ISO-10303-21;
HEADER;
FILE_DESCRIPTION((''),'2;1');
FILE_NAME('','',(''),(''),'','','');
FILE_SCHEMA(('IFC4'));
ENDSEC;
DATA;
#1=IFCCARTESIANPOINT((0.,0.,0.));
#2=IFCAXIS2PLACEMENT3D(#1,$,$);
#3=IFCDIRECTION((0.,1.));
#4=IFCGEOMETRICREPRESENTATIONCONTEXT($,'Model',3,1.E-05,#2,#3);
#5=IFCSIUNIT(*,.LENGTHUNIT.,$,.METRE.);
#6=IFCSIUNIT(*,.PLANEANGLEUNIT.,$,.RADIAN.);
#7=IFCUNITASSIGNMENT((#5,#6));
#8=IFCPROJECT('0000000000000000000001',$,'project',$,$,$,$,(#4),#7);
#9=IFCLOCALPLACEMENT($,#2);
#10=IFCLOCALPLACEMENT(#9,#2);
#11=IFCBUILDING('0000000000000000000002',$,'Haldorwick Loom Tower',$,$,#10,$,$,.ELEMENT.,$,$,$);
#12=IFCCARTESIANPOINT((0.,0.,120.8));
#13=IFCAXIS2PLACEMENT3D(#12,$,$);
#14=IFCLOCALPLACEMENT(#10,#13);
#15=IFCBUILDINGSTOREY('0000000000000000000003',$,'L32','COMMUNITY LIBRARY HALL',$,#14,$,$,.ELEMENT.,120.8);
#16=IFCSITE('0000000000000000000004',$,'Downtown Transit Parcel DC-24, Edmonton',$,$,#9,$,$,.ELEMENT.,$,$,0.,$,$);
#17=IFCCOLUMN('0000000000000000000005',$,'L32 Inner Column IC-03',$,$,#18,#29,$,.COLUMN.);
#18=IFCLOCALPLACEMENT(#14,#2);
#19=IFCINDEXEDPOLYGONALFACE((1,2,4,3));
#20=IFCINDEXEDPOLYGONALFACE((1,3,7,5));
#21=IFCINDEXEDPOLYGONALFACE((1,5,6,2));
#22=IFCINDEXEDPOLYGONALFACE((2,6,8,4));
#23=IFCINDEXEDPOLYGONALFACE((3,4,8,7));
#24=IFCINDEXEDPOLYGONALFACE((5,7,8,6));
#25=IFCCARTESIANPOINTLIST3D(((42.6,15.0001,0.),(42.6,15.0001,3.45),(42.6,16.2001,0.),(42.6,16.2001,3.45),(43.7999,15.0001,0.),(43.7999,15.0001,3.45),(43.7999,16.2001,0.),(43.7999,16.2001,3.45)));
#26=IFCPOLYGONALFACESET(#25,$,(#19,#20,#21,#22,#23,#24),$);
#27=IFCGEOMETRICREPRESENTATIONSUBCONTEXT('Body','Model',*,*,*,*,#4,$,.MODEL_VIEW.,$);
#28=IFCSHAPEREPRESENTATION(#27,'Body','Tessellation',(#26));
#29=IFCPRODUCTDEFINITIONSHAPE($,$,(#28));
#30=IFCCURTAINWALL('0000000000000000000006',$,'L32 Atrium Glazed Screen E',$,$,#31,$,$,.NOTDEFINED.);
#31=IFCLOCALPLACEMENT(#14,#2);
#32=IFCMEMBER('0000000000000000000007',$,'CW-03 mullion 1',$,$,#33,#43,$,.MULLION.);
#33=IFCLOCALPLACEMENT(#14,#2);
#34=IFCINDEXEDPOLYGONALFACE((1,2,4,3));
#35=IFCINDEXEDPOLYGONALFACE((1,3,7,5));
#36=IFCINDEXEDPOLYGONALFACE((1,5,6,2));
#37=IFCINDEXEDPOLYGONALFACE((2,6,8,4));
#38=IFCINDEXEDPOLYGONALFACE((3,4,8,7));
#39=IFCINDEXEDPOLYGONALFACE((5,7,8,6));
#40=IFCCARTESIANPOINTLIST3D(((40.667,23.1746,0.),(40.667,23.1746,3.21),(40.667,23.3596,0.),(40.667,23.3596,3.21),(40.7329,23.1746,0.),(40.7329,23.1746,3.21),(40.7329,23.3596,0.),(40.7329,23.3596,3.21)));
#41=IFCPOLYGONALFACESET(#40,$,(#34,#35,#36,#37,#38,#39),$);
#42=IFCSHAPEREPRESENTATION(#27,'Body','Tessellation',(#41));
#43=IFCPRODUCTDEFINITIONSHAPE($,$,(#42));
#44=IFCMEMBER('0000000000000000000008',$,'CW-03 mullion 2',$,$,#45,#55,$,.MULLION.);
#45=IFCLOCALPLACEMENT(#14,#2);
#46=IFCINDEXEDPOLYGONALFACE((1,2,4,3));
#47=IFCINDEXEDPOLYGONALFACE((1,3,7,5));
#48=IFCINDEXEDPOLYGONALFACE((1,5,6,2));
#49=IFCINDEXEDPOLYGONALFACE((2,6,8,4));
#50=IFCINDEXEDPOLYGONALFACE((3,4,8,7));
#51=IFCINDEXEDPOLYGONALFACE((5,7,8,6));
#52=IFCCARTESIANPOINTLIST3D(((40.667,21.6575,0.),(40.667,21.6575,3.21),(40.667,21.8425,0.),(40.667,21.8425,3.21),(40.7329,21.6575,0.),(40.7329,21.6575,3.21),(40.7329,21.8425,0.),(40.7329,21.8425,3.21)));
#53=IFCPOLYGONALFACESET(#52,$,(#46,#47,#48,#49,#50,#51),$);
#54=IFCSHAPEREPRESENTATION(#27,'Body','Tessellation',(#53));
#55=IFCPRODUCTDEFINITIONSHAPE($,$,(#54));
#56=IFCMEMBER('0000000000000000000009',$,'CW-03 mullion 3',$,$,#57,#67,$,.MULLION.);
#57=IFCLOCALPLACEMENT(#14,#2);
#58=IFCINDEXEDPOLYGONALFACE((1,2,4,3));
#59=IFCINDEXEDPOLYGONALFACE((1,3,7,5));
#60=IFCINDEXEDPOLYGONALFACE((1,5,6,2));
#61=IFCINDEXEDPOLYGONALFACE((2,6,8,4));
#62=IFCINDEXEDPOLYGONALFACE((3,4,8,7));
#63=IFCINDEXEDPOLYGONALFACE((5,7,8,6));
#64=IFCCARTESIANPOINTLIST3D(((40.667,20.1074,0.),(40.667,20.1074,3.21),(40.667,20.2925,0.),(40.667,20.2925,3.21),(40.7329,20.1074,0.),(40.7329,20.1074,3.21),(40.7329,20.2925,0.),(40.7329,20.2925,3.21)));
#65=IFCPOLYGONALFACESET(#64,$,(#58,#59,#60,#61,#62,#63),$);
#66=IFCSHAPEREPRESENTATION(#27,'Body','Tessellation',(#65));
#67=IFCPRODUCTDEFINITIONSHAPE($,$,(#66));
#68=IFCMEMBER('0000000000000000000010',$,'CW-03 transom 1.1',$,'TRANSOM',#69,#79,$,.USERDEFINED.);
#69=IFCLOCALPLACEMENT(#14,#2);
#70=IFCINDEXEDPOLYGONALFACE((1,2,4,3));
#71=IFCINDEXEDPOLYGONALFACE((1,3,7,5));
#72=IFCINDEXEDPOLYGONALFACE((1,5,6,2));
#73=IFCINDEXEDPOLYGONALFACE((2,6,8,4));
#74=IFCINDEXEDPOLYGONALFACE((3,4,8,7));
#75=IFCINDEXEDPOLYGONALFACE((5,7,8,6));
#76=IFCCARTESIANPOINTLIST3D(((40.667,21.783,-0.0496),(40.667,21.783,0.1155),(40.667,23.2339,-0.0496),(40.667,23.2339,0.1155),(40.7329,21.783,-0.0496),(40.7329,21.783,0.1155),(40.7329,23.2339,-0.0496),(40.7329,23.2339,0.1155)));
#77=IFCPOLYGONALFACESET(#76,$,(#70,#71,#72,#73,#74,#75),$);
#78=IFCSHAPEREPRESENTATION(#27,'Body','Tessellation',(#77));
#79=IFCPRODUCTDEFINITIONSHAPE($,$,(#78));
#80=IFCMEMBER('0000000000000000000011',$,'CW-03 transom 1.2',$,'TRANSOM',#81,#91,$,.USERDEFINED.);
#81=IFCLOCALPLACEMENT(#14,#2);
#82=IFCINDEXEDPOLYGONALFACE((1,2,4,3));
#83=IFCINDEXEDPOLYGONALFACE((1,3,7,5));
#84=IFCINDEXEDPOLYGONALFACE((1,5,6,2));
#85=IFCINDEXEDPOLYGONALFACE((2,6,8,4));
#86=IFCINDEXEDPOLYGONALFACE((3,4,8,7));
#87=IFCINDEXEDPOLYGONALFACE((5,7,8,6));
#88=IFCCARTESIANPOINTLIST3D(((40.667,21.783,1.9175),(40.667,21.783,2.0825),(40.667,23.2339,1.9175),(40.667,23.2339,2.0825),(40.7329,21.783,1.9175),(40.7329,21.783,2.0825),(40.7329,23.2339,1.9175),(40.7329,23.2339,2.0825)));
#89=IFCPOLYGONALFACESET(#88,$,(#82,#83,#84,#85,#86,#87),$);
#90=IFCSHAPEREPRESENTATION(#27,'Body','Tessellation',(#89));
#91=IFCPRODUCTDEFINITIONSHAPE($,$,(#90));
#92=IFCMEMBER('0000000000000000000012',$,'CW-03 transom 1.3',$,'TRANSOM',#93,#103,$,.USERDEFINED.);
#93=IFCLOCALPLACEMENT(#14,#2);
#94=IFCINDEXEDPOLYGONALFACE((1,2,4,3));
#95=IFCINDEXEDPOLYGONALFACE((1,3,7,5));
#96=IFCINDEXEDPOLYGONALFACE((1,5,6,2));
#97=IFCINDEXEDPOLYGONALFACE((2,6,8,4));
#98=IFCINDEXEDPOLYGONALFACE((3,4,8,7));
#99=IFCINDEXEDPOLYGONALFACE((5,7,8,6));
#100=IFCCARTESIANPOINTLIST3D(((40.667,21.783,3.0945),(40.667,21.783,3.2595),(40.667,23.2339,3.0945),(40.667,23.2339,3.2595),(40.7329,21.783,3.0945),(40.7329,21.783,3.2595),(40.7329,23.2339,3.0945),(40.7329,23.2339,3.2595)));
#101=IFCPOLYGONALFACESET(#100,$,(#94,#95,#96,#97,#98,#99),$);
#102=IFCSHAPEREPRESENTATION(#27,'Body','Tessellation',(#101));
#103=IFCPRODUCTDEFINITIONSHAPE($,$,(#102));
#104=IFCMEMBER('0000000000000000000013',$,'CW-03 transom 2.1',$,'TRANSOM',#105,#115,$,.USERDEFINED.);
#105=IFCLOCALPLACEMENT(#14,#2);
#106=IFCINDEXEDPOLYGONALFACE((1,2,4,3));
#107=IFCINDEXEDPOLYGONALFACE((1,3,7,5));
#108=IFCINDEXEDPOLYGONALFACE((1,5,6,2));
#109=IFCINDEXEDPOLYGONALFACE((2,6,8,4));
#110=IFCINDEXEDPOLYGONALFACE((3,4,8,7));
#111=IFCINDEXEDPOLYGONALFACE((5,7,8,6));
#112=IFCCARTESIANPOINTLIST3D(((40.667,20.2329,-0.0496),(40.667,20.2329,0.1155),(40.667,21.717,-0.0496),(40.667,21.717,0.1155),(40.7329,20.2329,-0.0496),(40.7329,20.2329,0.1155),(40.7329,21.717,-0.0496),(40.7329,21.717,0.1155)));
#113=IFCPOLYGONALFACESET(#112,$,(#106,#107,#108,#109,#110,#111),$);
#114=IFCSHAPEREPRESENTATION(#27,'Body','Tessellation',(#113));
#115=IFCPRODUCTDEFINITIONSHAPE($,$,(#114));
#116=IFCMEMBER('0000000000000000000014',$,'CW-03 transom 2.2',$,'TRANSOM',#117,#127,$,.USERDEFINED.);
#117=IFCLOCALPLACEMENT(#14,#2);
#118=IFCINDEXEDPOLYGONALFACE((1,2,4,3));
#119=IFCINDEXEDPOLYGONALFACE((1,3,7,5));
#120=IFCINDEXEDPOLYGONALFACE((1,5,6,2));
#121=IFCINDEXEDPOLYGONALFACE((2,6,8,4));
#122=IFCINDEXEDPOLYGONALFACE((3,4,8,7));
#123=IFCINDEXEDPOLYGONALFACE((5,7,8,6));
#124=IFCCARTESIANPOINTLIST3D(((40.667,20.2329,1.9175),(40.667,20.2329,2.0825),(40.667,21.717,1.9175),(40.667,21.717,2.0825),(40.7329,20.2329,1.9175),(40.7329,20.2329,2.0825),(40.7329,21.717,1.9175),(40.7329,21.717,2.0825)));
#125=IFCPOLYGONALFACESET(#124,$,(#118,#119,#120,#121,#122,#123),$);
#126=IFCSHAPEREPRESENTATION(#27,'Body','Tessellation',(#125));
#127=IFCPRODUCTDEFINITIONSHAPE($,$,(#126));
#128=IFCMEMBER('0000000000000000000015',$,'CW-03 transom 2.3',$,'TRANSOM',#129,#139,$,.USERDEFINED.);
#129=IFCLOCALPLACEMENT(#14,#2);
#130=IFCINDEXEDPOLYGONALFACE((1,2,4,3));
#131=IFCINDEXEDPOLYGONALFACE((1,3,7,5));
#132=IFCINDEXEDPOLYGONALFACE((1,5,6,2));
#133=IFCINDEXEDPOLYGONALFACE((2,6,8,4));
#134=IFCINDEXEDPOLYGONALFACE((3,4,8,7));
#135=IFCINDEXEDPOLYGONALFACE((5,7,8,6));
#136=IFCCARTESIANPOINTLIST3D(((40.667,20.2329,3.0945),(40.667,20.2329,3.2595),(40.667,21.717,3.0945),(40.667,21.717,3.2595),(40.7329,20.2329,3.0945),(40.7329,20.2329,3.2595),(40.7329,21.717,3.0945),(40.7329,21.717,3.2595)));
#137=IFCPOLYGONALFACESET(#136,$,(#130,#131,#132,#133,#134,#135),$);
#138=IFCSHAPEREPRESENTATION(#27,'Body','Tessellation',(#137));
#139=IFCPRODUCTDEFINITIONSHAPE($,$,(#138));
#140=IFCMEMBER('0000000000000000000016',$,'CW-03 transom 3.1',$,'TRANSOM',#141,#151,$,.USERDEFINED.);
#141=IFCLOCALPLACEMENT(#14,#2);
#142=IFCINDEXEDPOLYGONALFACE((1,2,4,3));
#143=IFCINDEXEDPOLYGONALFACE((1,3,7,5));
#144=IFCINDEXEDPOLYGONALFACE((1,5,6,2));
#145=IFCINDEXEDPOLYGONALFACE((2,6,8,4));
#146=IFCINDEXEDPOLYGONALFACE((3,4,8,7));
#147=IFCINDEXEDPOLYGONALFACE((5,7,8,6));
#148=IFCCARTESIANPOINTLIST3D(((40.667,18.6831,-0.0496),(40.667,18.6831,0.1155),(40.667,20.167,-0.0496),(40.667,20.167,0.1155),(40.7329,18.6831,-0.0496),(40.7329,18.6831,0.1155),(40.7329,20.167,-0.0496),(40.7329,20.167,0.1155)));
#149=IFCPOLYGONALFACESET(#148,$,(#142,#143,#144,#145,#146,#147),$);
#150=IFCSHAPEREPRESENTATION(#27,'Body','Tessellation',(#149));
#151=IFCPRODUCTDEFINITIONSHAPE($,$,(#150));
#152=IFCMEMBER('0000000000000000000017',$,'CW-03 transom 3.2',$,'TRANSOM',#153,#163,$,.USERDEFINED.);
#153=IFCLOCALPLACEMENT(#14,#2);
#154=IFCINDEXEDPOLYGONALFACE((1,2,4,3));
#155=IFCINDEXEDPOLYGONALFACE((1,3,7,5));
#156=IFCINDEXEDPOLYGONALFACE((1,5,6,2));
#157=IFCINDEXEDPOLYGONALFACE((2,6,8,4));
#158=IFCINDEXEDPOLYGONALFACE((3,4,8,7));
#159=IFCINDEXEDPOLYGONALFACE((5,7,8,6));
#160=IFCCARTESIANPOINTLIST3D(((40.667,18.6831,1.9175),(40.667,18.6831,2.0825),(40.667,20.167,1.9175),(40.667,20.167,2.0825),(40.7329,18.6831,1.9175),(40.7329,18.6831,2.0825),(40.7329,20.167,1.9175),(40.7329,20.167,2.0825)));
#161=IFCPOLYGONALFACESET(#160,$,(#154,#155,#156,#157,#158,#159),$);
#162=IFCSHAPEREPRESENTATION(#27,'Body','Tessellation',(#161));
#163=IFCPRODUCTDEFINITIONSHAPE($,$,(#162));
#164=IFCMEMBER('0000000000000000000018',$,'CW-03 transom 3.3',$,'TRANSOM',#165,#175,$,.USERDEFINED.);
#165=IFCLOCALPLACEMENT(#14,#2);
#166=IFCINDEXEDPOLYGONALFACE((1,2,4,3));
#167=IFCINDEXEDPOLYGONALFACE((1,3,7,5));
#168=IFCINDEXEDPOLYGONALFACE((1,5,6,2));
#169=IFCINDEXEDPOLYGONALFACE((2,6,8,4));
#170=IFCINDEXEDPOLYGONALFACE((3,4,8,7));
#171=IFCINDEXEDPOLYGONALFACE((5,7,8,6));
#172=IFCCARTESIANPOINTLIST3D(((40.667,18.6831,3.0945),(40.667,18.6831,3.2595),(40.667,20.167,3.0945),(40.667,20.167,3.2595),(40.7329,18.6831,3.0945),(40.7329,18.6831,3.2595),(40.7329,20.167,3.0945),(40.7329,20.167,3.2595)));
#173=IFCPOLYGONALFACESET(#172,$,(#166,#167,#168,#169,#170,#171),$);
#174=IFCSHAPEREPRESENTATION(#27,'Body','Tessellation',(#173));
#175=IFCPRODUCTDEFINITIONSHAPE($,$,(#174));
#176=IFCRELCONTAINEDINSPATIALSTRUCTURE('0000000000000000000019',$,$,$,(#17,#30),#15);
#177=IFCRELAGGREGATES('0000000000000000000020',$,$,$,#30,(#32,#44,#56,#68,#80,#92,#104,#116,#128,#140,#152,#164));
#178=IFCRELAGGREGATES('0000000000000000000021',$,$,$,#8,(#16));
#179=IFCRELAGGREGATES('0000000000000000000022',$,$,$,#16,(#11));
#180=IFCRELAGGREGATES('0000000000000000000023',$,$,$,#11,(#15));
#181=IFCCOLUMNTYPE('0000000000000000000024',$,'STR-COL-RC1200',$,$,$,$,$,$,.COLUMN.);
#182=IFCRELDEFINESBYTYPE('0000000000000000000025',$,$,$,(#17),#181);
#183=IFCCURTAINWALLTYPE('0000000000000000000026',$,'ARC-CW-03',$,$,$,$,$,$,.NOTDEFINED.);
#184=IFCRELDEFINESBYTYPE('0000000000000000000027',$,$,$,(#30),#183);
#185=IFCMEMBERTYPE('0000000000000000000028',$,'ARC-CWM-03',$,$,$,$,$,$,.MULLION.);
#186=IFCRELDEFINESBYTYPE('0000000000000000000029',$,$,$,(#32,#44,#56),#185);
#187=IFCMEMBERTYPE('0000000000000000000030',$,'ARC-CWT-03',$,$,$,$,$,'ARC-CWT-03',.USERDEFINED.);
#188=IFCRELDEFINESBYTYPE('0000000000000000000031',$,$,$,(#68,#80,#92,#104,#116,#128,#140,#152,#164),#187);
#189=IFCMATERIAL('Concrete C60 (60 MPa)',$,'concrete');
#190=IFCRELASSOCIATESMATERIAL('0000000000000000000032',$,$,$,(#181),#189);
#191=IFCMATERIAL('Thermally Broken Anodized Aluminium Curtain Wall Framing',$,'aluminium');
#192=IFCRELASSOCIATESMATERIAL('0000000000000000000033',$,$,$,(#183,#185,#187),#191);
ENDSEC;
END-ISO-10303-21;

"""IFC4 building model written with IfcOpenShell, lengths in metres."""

from ifc_helpers import new_model, si_unit, direction, frame, origin, origin_2d, place, context, subcontext, project, spatial, rectangle, extrude, material, material_profile, profile_set, type_object, element, aggregate, save


model = new_model("IFC4")

# Units and contexts
model_context = context("Model", 3, precision=1e-05, world=origin(), true_north=direction((0.0, 1.0)))
body_context = subcontext(model_context, "Body", "Model", "MODEL_VIEW")
ifc_project = project(units=[si_unit("LENGTHUNIT", "METRE"), si_unit("PLANEANGLEUNIT", "RADIAN")], contexts=[model_context])

# Site, building, storey
site_placement = place(None, origin())
site = spatial("IfcSite", under=ifc_project, at=site_placement, Name="Downtown Transit Parcel DC-24, Edmonton", CompositionType="ELEMENT", RefElevation=0.0)
building_placement = place(site_placement, origin())
building = spatial("IfcBuilding", under=site, at=building_placement, Name="Haldorwick Loom Tower", CompositionType="ELEMENT")
storey_placement = place(building_placement, frame((0.0, 0.0, 120.8)))
storey = spatial("IfcBuildingStorey", under=building, at=storey_placement, Name="L32", Description="COMMUNITY LIBRARY HALL", CompositionType="ELEMENT", Elevation=120.8)

# Column
ifc_material_1 = material(Name="Concrete C60 (60 MPa)", Category="concrete")
ifc_material_profile_1 = material_profile(ifc_material_1, rectangle(XDim=1.2, YDim=1.2, at=origin_2d()), Name="RC1200X1200", Category="concrete")
ifc_profile_set_1 = profile_set([ifc_material_profile_1], Name="Concrete C60 (60 MPa)")
column_type = type_object("IfcColumnType", Name="STR-COL-RC1200", PredefinedType="COLUMN", material=ifc_profile_set_1)
column_placement = place(storey_placement, frame((43.2, 15.6001, 0.0), z_axis=(0.0, 0.0, 1.0), x_axis=(1.0, 0.0, 0.0)))
element("IfcColumn", 1, at=column_placement, inside=storey, type_object=column_type, Name="L32 Inner Column IC-03", PredefinedType="COLUMN", context=body_context, shape_type="SweptSolid", body=[
    extrude(rectangle(XDim=1.2, YDim=1.2, at=origin_2d()), origin(), (0.0, 0.0, 1.0), 3.45),
])

# Curtain wall, members
ifc_material_2 = material(Name="Thermally Broken Anodized Aluminium Curtain Wall Framing", Category="aluminium")
curtain_wall_type = type_object("IfcCurtainWallType", Name="ARC-CW-03", PredefinedType="NOTDEFINED", material=ifc_material_2)
curtain_wall_placement = place(storey_placement, origin())
curtain_wall = element("IfcCurtainWall", 2, at=curtain_wall_placement, inside=storey, type_object=curtain_wall_type, Name="L32 Atrium Glazed Screen E", PredefinedType="NOTDEFINED")
ifc_material_profile_2 = material_profile(ifc_material_2, rectangle(XDim=0.0659, YDim=0.1851, at=origin_2d()), Name="ALU_MUL_66X185", Category="aluminium")
ifc_profile_set_2 = profile_set([ifc_material_profile_2], Name="Thermally Broken Anodized Aluminium Curtain Wall Framing")
member_type_1 = type_object("IfcMemberType", Name="ARC-CWM-03", PredefinedType="MULLION", material=ifc_profile_set_2)
member_1_placement = place(storey_placement, frame((40.7, 23.2671, 0.0), z_axis=(0.0, 0.0, 1.0), x_axis=(1.0, 0.0, 0.0)))
member_1 = element("IfcMember", 3, at=member_1_placement, type_object=member_type_1, Name="CW-03 mullion 1", PredefinedType="MULLION", context=body_context, shape_type="SweptSolid", body=[
    extrude(rectangle(XDim=0.0659, YDim=0.1851, at=origin_2d()), origin(), (0.0, 0.0, 1.0), 3.21),
])
member_2_placement = place(storey_placement, frame((40.7, 21.75, 0.0), z_axis=(0.0, 0.0, 1.0), x_axis=(1.0, 0.0, 0.0)))
member_2 = element("IfcMember", 4, at=member_2_placement, type_object=member_type_1, Name="CW-03 mullion 2", PredefinedType="MULLION", context=body_context, shape_type="SweptSolid", body=[
    extrude(rectangle(XDim=0.0659, YDim=0.1851, at=origin_2d()), origin(), (0.0, 0.0, 1.0), 3.21),
])
member_3_placement = place(storey_placement, frame((40.7, 20.2, 0.0), z_axis=(0.0, 0.0, 1.0), x_axis=(1.0, 0.0, 0.0)))
member_3 = element("IfcMember", 5, at=member_3_placement, type_object=member_type_1, Name="CW-03 mullion 3", PredefinedType="MULLION", context=body_context, shape_type="SweptSolid", body=[
    extrude(rectangle(XDim=0.0659, YDim=0.1851, at=origin_2d()), origin(), (0.0, 0.0, 1.0), 3.21),
])
ifc_material_profile_3 = material_profile(ifc_material_2, rectangle(XDim=0.0659, YDim=0.165, at=origin_2d()), Name="ALU_TRN_66X165", Category="aluminium")
ifc_profile_set_3 = profile_set([ifc_material_profile_3], Name="Thermally Broken Anodized Aluminium Curtain Wall Framing")
member_type_2 = type_object("IfcMemberType", Name="ARC-CWT-03", ElementType="ARC-CWT-03", PredefinedType="USERDEFINED", material=ifc_profile_set_3)
member_4_placement = place(storey_placement, frame((40.7, 23.2339, 0.033), z_axis=(0.0, -1.0, 0.0), x_axis=(1.0, 0.0, 0.0)))
member_4 = element("IfcMember", 6, at=member_4_placement, type_object=member_type_2, Name="CW-03 transom 1.1", ObjectType="TRANSOM", PredefinedType="USERDEFINED", context=body_context, shape_type="SweptSolid", body=[
    extrude(rectangle(XDim=0.0659, YDim=0.165, at=origin_2d()), origin(), (0.0, 0.0, 1.0), 1.4509),
])
member_5_placement = place(storey_placement, frame((40.7, 23.2339, 2.0), z_axis=(0.0, -1.0, 0.0), x_axis=(1.0, 0.0, 0.0)))
member_5 = element("IfcMember", 7, at=member_5_placement, type_object=member_type_2, Name="CW-03 transom 1.2", ObjectType="TRANSOM", PredefinedType="USERDEFINED", context=body_context, shape_type="SweptSolid", body=[
    extrude(rectangle(XDim=0.0659, YDim=0.165, at=origin_2d()), origin(), (0.0, 0.0, 1.0), 1.4509),
])
member_6_placement = place(storey_placement, frame((40.7, 23.2339, 3.177), z_axis=(0.0, -1.0, 0.0), x_axis=(1.0, 0.0, 0.0)))
member_6 = element("IfcMember", 8, at=member_6_placement, type_object=member_type_2, Name="CW-03 transom 1.3", ObjectType="TRANSOM", PredefinedType="USERDEFINED", context=body_context, shape_type="SweptSolid", body=[
    extrude(rectangle(XDim=0.0659, YDim=0.165, at=origin_2d()), origin(), (0.0, 0.0, 1.0), 1.4509),
])
member_7_placement = place(storey_placement, frame((40.7, 21.717, 0.033), z_axis=(0.0, -1.0, 0.0), x_axis=(1.0, 0.0, 0.0)))
member_7 = element("IfcMember", 9, at=member_7_placement, type_object=member_type_2, Name="CW-03 transom 2.1", ObjectType="TRANSOM", PredefinedType="USERDEFINED", context=body_context, shape_type="SweptSolid", body=[
    extrude(rectangle(XDim=0.0659, YDim=0.165, at=origin_2d()), origin(), (0.0, 0.0, 1.0), 1.4841),
])
member_8_placement = place(storey_placement, frame((40.7, 21.717, 2.0), z_axis=(0.0, -1.0, 0.0), x_axis=(1.0, 0.0, 0.0)))
member_8 = element("IfcMember", 10, at=member_8_placement, type_object=member_type_2, Name="CW-03 transom 2.2", ObjectType="TRANSOM", PredefinedType="USERDEFINED", context=body_context, shape_type="SweptSolid", body=[
    extrude(rectangle(XDim=0.0659, YDim=0.165, at=origin_2d()), origin(), (0.0, 0.0, 1.0), 1.4841),
])
member_9_placement = place(storey_placement, frame((40.7, 21.717, 3.177), z_axis=(0.0, -1.0, 0.0), x_axis=(1.0, 0.0, 0.0)))
member_9 = element("IfcMember", 11, at=member_9_placement, type_object=member_type_2, Name="CW-03 transom 2.3", ObjectType="TRANSOM", PredefinedType="USERDEFINED", context=body_context, shape_type="SweptSolid", body=[
    extrude(rectangle(XDim=0.0659, YDim=0.165, at=origin_2d()), origin(), (0.0, 0.0, 1.0), 1.4841),
])
member_10_placement = place(storey_placement, frame((40.7, 20.167, 0.033), z_axis=(0.0, -1.0, 0.0), x_axis=(1.0, 0.0, 0.0)))
member_10 = element("IfcMember", 12, at=member_10_placement, type_object=member_type_2, Name="CW-03 transom 3.1", ObjectType="TRANSOM", PredefinedType="USERDEFINED", context=body_context, shape_type="SweptSolid", body=[
    extrude(rectangle(XDim=0.0659, YDim=0.165, at=origin_2d()), origin(), (0.0, 0.0, 1.0), 1.4839),
])
member_11_placement = place(storey_placement, frame((40.7, 20.167, 2.0), z_axis=(0.0, -1.0, 0.0), x_axis=(1.0, 0.0, 0.0)))
member_11 = element("IfcMember", 13, at=member_11_placement, type_object=member_type_2, Name="CW-03 transom 3.2", ObjectType="TRANSOM", PredefinedType="USERDEFINED", context=body_context, shape_type="SweptSolid", body=[
    extrude(rectangle(XDim=0.0659, YDim=0.165, at=origin_2d()), origin(), (0.0, 0.0, 1.0), 1.4839),
])
member_12_placement = place(storey_placement, frame((40.7, 20.167, 3.177), z_axis=(0.0, -1.0, 0.0), x_axis=(1.0, 0.0, 0.0)))
member_12 = element("IfcMember", 14, at=member_12_placement, type_object=member_type_2, Name="CW-03 transom 3.3", ObjectType="TRANSOM", PredefinedType="USERDEFINED", context=body_context, shape_type="SweptSolid", body=[
    extrude(rectangle(XDim=0.0659, YDim=0.165, at=origin_2d()), origin(), (0.0, 0.0, 1.0), 1.4839),
])

aggregate(curtain_wall, [member_1, member_2, member_3, member_4, member_5, member_6, member_7, member_8, member_9, member_10, member_11, member_12])

save(model, "model.ifc")
